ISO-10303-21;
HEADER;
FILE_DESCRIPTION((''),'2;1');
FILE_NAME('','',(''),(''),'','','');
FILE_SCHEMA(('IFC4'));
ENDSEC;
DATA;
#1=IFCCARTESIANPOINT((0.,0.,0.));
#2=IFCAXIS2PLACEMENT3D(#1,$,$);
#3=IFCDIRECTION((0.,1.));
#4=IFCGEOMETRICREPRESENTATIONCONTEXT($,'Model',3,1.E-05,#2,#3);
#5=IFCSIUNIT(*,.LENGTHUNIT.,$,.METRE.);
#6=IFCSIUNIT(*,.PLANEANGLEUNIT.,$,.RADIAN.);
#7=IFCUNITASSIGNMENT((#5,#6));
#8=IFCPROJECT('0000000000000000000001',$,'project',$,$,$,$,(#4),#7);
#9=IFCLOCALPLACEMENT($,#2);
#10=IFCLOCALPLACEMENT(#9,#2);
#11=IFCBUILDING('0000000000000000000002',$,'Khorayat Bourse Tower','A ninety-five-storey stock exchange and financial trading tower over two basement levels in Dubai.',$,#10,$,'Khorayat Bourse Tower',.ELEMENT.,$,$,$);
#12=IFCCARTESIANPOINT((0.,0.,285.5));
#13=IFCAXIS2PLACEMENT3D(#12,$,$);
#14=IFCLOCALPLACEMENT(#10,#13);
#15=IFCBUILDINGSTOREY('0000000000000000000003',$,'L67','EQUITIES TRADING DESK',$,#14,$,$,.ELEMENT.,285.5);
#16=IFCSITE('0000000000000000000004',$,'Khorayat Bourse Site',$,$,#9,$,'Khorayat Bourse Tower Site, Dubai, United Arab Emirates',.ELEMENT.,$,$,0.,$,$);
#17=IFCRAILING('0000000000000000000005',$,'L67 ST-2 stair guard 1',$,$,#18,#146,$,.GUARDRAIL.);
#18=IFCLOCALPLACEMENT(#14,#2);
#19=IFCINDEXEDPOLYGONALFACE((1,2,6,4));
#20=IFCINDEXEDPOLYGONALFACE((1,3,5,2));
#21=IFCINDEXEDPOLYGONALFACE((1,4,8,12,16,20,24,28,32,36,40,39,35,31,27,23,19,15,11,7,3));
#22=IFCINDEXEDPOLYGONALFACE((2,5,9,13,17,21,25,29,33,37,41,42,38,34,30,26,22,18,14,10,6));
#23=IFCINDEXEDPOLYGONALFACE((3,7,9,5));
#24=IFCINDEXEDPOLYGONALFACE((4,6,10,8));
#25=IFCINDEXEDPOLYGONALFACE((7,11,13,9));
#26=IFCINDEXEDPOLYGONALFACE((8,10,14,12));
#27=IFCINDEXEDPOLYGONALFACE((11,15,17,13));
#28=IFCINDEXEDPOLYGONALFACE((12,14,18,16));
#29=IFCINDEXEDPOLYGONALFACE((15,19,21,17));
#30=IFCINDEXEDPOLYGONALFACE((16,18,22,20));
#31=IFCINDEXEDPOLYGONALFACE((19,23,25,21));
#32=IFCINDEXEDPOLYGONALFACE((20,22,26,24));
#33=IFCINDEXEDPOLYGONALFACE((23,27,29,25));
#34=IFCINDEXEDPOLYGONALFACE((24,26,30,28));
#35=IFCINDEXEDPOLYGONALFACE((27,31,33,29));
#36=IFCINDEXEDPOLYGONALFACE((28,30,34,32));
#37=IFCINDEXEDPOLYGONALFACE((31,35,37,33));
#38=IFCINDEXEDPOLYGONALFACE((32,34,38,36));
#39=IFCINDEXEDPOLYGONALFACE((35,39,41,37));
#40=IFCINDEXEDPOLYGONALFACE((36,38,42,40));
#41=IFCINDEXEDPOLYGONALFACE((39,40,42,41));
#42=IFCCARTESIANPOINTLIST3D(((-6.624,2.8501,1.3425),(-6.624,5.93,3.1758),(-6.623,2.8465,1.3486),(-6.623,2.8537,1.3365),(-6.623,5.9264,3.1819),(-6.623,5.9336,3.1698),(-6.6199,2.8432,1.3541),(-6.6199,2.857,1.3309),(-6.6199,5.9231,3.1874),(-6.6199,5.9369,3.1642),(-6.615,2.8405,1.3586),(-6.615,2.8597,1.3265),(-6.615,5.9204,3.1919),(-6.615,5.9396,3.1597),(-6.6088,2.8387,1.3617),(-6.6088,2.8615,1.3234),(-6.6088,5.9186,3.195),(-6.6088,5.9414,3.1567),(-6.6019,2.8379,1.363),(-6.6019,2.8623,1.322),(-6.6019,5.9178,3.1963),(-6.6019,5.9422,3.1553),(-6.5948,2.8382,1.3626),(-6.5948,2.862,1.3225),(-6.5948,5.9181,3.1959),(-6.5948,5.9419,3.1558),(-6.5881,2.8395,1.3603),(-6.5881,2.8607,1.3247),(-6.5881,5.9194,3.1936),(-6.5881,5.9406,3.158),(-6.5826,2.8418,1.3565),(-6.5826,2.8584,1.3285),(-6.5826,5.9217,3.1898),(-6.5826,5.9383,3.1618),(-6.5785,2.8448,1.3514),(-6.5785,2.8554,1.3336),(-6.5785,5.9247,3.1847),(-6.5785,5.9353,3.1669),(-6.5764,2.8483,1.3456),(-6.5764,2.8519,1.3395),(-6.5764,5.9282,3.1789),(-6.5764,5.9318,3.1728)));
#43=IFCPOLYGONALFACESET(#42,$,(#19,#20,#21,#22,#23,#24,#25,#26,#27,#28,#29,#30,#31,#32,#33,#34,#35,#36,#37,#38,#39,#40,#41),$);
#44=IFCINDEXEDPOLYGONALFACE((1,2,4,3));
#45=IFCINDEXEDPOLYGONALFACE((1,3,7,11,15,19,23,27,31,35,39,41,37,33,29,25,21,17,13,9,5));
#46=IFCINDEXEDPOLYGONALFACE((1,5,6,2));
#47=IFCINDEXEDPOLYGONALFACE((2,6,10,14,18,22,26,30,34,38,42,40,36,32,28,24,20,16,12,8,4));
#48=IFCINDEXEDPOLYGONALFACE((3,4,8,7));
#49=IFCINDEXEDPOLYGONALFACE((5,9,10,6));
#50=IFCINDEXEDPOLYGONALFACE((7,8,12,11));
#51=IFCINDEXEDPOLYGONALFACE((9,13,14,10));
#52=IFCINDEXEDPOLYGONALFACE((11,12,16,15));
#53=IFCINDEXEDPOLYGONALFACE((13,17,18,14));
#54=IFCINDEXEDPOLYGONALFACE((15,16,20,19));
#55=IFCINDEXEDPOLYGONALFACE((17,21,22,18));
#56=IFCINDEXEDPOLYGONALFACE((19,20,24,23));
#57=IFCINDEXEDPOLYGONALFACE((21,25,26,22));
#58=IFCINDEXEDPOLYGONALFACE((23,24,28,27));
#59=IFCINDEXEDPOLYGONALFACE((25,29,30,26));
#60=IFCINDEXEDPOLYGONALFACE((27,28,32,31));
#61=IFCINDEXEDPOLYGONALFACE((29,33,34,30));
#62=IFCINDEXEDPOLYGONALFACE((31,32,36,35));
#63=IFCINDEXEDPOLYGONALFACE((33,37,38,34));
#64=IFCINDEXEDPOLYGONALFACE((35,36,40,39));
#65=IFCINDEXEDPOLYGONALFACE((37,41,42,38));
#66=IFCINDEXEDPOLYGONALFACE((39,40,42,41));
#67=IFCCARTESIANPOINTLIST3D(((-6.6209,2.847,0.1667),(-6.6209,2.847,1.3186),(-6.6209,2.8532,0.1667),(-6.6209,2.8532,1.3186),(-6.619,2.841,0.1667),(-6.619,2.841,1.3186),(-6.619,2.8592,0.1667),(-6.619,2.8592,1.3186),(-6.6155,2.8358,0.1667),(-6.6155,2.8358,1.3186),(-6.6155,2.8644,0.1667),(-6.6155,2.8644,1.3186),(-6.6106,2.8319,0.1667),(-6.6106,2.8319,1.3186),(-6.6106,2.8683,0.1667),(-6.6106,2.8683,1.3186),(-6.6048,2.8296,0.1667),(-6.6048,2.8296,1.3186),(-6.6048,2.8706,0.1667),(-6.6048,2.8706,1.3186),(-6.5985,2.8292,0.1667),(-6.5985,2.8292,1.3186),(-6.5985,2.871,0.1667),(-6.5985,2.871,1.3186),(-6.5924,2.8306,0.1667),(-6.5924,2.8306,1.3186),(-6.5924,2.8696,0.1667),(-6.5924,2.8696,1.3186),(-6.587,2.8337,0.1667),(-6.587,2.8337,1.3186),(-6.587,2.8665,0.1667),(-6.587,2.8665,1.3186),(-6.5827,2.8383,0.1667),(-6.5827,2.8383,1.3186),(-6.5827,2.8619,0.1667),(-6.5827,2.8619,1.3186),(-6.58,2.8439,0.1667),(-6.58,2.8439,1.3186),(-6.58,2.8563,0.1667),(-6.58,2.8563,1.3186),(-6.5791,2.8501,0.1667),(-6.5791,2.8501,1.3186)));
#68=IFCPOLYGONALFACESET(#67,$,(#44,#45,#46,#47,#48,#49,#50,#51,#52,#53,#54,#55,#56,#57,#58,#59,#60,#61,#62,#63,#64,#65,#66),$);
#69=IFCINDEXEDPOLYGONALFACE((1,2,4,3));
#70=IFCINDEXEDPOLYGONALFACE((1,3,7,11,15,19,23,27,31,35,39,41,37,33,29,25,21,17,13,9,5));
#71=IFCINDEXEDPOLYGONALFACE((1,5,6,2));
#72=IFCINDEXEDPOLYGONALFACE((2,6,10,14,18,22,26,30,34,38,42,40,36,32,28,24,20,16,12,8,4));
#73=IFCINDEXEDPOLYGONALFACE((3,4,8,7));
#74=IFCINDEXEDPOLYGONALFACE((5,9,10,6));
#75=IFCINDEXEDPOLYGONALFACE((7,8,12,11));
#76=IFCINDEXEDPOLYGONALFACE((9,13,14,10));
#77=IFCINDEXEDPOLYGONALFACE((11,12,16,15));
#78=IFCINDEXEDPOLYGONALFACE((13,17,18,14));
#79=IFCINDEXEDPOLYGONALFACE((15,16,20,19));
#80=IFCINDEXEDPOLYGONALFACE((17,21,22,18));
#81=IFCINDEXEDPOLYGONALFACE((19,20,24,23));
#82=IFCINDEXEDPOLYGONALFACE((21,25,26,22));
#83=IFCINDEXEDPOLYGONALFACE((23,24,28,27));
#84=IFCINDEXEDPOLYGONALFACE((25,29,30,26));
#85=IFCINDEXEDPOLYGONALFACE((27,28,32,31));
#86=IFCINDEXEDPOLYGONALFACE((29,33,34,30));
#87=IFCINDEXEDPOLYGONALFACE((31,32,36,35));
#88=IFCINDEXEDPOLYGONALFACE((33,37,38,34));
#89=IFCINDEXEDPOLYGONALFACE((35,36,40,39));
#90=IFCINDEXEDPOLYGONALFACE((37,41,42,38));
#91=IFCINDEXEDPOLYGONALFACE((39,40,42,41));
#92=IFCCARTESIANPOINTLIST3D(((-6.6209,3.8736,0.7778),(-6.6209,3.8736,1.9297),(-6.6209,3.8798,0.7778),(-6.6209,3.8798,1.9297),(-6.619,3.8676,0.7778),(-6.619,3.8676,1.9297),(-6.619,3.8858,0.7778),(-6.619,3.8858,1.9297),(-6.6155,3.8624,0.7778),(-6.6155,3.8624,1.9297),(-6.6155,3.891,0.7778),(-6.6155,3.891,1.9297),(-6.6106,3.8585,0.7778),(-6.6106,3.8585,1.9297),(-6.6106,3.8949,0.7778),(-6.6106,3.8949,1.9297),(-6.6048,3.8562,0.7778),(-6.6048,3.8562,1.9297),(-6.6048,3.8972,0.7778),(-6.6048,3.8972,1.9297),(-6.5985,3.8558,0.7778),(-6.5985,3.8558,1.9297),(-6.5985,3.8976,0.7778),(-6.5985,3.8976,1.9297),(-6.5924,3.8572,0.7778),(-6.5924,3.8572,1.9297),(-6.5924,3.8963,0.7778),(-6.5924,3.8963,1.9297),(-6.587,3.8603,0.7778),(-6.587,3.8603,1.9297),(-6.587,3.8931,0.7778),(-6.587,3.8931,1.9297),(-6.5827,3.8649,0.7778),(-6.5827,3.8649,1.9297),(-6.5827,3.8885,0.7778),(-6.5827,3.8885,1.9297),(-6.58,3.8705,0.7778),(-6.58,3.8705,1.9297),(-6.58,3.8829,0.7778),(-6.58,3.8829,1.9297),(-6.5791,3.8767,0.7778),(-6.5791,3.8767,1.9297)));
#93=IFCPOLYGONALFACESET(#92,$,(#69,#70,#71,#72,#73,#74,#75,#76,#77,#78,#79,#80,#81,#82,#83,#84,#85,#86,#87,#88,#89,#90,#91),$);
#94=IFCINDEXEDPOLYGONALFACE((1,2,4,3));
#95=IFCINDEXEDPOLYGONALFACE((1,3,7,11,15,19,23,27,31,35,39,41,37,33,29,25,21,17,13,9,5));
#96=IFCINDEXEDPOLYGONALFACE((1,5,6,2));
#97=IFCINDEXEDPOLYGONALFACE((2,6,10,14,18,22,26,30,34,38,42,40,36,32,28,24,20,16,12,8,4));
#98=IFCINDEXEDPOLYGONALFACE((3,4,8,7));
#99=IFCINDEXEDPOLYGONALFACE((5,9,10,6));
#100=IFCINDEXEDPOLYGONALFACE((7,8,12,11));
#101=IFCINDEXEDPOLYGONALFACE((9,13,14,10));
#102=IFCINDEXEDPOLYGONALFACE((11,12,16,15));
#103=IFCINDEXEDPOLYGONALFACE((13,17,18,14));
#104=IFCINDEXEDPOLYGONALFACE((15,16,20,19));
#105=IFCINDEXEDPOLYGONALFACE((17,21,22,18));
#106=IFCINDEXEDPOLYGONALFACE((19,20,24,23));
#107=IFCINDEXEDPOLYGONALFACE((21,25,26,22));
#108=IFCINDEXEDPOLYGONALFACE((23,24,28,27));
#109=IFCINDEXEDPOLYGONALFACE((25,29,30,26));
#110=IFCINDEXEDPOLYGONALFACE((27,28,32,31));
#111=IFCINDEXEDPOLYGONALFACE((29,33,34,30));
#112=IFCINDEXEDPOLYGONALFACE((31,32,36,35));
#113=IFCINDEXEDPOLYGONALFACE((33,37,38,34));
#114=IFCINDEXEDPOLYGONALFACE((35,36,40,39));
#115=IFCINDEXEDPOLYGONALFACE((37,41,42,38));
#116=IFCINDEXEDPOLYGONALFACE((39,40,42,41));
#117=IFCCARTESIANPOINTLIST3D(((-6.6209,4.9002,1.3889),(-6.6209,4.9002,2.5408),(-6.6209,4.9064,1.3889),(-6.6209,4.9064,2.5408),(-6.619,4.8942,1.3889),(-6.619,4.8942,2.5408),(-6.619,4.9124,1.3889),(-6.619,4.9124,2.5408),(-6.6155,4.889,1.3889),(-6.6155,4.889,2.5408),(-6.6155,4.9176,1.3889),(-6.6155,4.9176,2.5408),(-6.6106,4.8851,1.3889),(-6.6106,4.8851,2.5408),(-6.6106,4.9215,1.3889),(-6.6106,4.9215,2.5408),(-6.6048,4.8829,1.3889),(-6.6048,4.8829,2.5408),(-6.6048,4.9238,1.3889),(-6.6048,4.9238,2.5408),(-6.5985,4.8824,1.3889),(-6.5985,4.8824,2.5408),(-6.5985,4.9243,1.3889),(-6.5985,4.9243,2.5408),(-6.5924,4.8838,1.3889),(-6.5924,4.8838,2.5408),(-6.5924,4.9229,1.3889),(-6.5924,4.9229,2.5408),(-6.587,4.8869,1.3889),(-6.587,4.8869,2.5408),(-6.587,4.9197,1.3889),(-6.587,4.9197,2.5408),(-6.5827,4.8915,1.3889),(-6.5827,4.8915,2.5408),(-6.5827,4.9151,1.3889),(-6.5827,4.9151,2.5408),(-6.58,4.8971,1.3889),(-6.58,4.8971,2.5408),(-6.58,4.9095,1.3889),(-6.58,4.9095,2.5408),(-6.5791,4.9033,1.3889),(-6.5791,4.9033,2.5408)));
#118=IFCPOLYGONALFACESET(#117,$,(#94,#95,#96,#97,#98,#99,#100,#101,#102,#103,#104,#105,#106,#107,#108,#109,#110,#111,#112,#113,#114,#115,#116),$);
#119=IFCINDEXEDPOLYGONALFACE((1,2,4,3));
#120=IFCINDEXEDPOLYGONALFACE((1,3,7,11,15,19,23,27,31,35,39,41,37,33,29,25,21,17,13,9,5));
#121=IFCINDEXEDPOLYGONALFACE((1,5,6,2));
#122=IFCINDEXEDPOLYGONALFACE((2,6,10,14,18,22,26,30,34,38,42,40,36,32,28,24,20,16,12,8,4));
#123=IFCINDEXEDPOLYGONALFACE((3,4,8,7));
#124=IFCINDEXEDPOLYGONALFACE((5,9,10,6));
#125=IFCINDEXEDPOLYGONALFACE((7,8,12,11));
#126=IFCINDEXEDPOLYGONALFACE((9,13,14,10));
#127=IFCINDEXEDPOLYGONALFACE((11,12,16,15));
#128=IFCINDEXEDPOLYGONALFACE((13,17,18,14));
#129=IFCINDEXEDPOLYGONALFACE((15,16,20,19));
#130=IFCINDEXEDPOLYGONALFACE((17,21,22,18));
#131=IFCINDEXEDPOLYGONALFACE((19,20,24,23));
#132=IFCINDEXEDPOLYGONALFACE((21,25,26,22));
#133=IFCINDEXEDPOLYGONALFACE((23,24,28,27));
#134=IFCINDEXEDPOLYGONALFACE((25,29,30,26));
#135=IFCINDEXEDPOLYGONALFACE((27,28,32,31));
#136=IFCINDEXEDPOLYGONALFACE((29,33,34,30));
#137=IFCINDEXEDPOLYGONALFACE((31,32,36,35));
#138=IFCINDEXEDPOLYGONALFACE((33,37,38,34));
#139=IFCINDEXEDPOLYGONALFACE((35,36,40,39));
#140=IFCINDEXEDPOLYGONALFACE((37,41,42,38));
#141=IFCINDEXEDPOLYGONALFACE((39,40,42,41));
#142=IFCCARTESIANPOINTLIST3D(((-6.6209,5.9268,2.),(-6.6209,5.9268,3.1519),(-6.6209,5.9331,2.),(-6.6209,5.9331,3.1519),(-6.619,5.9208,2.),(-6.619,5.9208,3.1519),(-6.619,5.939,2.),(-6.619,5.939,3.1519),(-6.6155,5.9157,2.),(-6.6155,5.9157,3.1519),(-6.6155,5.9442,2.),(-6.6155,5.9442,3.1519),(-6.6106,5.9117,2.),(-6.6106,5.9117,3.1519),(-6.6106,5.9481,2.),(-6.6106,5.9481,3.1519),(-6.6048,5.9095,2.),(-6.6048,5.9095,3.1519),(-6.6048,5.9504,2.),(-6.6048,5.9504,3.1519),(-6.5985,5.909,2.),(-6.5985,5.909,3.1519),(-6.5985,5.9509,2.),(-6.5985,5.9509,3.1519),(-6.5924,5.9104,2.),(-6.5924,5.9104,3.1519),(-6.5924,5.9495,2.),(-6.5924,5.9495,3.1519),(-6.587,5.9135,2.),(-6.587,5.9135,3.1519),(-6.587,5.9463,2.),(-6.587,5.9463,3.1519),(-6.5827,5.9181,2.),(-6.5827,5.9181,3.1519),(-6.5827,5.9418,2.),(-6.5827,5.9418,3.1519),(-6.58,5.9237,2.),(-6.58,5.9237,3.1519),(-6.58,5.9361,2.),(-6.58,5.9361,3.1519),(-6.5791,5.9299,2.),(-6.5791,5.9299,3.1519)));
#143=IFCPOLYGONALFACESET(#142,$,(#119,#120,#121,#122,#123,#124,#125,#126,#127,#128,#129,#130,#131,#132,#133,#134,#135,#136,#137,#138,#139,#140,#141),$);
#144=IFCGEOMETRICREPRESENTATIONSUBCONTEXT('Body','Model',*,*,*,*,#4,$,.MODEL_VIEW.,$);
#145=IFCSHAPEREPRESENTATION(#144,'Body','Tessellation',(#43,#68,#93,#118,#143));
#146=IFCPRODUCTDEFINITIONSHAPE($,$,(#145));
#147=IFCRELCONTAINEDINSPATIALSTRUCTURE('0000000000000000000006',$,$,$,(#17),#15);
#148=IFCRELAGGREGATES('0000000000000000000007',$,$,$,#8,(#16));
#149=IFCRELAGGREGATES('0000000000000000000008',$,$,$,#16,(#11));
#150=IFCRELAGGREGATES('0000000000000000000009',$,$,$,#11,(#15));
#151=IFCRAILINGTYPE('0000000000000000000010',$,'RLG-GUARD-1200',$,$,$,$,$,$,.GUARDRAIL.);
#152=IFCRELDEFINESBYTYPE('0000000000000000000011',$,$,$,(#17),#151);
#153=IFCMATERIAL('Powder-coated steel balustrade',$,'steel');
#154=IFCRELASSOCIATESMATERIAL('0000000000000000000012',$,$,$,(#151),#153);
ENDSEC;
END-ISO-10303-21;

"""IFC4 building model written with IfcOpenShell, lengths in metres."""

from ifc_helpers import new_model, si_unit, direction, frame, origin, origin_2d, place, context, subcontext, project, spatial, circle, extrude, source, transform, mapped, material, type_object, element, save


model = new_model("IFC4")

# Units and contexts
model_context = context("Model", 3, precision=1e-05, world=origin(), true_north=direction((0.0, 1.0)))
body_context = subcontext(model_context, "Body", "Model", "MODEL_VIEW")
ifc_project = project(units=[si_unit("LENGTHUNIT", "METRE"), si_unit("PLANEANGLEUNIT", "RADIAN")], contexts=[model_context])

# Site, building, storey
site_placement = place(None, origin())
site = spatial("IfcSite", under=ifc_project, at=site_placement, Name="Khorayat Bourse Site", LongName="Khorayat Bourse Tower Site, Dubai, United Arab Emirates", CompositionType="ELEMENT", RefElevation=0.0)
building_placement = place(site_placement, origin())
building = spatial("IfcBuilding", under=site, at=building_placement, Name="Khorayat Bourse Tower", Description="A ninety-five-storey stock exchange and financial trading tower over two basement levels in Dubai.", LongName="Khorayat Bourse Tower", CompositionType="ELEMENT")
storey_placement = place(building_placement, frame((0.0, 0.0, 285.5)))
storey = spatial("IfcBuildingStorey", under=building, at=storey_placement, Name="L67", Description="EQUITIES TRADING DESK", CompositionType="ELEMENT", Elevation=285.5)

# Railing
ifc_material_1 = material(Name="Powder-coated steel balustrade", Category="steel")
railing_type_1 = type_object("IfcRailingType", Name="RLG-GUARD-1200", PredefinedType="GUARDRAIL", material=ifc_material_1)
shared_shape_1 = source(origin(), body_context, "Body", "SweptSolid", [
    extrude(circle(Radius=0.0239, at=origin_2d()), frame((0.0, 0.0, 1.1758), z_axis=(0.0, 0.859291, 0.511487), x_axis=(-1.0, 0.0, 0.0)), (0.0, 0.0, 1.0), 3.5842),
    extrude(circle(Radius=0.021, at=origin_2d()), origin(), (0.0, 0.0, 1.0), 1.1519),
    extrude(circle(Radius=0.021, at=origin_2d()), frame((0.0, 1.0266, 0.6111)), (0.0, 0.0, 1.0), 1.1519),
    extrude(circle(Radius=0.021, at=origin_2d()), frame((0.0, 2.0532, 1.2222)), (0.0, 0.0, 1.0), 1.1519),
    extrude(circle(Radius=0.021, at=origin_2d()), frame((0.0, 3.0798, 1.8333)), (0.0, 0.0, 1.0), 1.1519),
])
railing_1_placement = place(storey_placement, frame((-6.6001, 2.8501, 0.1667)))
element("IfcRailing", 1, at=railing_1_placement, inside=storey, type_object=railing_type_1, Name="L67 ST-2 stair guard 1", PredefinedType="GUARDRAIL", context=body_context, shape_type="MappedRepresentation", body=[
    mapped(shared_shape_1, transform((0.0, 0.0, 0.0), scale=1.0)),
])

save(model, "model.ifc")
